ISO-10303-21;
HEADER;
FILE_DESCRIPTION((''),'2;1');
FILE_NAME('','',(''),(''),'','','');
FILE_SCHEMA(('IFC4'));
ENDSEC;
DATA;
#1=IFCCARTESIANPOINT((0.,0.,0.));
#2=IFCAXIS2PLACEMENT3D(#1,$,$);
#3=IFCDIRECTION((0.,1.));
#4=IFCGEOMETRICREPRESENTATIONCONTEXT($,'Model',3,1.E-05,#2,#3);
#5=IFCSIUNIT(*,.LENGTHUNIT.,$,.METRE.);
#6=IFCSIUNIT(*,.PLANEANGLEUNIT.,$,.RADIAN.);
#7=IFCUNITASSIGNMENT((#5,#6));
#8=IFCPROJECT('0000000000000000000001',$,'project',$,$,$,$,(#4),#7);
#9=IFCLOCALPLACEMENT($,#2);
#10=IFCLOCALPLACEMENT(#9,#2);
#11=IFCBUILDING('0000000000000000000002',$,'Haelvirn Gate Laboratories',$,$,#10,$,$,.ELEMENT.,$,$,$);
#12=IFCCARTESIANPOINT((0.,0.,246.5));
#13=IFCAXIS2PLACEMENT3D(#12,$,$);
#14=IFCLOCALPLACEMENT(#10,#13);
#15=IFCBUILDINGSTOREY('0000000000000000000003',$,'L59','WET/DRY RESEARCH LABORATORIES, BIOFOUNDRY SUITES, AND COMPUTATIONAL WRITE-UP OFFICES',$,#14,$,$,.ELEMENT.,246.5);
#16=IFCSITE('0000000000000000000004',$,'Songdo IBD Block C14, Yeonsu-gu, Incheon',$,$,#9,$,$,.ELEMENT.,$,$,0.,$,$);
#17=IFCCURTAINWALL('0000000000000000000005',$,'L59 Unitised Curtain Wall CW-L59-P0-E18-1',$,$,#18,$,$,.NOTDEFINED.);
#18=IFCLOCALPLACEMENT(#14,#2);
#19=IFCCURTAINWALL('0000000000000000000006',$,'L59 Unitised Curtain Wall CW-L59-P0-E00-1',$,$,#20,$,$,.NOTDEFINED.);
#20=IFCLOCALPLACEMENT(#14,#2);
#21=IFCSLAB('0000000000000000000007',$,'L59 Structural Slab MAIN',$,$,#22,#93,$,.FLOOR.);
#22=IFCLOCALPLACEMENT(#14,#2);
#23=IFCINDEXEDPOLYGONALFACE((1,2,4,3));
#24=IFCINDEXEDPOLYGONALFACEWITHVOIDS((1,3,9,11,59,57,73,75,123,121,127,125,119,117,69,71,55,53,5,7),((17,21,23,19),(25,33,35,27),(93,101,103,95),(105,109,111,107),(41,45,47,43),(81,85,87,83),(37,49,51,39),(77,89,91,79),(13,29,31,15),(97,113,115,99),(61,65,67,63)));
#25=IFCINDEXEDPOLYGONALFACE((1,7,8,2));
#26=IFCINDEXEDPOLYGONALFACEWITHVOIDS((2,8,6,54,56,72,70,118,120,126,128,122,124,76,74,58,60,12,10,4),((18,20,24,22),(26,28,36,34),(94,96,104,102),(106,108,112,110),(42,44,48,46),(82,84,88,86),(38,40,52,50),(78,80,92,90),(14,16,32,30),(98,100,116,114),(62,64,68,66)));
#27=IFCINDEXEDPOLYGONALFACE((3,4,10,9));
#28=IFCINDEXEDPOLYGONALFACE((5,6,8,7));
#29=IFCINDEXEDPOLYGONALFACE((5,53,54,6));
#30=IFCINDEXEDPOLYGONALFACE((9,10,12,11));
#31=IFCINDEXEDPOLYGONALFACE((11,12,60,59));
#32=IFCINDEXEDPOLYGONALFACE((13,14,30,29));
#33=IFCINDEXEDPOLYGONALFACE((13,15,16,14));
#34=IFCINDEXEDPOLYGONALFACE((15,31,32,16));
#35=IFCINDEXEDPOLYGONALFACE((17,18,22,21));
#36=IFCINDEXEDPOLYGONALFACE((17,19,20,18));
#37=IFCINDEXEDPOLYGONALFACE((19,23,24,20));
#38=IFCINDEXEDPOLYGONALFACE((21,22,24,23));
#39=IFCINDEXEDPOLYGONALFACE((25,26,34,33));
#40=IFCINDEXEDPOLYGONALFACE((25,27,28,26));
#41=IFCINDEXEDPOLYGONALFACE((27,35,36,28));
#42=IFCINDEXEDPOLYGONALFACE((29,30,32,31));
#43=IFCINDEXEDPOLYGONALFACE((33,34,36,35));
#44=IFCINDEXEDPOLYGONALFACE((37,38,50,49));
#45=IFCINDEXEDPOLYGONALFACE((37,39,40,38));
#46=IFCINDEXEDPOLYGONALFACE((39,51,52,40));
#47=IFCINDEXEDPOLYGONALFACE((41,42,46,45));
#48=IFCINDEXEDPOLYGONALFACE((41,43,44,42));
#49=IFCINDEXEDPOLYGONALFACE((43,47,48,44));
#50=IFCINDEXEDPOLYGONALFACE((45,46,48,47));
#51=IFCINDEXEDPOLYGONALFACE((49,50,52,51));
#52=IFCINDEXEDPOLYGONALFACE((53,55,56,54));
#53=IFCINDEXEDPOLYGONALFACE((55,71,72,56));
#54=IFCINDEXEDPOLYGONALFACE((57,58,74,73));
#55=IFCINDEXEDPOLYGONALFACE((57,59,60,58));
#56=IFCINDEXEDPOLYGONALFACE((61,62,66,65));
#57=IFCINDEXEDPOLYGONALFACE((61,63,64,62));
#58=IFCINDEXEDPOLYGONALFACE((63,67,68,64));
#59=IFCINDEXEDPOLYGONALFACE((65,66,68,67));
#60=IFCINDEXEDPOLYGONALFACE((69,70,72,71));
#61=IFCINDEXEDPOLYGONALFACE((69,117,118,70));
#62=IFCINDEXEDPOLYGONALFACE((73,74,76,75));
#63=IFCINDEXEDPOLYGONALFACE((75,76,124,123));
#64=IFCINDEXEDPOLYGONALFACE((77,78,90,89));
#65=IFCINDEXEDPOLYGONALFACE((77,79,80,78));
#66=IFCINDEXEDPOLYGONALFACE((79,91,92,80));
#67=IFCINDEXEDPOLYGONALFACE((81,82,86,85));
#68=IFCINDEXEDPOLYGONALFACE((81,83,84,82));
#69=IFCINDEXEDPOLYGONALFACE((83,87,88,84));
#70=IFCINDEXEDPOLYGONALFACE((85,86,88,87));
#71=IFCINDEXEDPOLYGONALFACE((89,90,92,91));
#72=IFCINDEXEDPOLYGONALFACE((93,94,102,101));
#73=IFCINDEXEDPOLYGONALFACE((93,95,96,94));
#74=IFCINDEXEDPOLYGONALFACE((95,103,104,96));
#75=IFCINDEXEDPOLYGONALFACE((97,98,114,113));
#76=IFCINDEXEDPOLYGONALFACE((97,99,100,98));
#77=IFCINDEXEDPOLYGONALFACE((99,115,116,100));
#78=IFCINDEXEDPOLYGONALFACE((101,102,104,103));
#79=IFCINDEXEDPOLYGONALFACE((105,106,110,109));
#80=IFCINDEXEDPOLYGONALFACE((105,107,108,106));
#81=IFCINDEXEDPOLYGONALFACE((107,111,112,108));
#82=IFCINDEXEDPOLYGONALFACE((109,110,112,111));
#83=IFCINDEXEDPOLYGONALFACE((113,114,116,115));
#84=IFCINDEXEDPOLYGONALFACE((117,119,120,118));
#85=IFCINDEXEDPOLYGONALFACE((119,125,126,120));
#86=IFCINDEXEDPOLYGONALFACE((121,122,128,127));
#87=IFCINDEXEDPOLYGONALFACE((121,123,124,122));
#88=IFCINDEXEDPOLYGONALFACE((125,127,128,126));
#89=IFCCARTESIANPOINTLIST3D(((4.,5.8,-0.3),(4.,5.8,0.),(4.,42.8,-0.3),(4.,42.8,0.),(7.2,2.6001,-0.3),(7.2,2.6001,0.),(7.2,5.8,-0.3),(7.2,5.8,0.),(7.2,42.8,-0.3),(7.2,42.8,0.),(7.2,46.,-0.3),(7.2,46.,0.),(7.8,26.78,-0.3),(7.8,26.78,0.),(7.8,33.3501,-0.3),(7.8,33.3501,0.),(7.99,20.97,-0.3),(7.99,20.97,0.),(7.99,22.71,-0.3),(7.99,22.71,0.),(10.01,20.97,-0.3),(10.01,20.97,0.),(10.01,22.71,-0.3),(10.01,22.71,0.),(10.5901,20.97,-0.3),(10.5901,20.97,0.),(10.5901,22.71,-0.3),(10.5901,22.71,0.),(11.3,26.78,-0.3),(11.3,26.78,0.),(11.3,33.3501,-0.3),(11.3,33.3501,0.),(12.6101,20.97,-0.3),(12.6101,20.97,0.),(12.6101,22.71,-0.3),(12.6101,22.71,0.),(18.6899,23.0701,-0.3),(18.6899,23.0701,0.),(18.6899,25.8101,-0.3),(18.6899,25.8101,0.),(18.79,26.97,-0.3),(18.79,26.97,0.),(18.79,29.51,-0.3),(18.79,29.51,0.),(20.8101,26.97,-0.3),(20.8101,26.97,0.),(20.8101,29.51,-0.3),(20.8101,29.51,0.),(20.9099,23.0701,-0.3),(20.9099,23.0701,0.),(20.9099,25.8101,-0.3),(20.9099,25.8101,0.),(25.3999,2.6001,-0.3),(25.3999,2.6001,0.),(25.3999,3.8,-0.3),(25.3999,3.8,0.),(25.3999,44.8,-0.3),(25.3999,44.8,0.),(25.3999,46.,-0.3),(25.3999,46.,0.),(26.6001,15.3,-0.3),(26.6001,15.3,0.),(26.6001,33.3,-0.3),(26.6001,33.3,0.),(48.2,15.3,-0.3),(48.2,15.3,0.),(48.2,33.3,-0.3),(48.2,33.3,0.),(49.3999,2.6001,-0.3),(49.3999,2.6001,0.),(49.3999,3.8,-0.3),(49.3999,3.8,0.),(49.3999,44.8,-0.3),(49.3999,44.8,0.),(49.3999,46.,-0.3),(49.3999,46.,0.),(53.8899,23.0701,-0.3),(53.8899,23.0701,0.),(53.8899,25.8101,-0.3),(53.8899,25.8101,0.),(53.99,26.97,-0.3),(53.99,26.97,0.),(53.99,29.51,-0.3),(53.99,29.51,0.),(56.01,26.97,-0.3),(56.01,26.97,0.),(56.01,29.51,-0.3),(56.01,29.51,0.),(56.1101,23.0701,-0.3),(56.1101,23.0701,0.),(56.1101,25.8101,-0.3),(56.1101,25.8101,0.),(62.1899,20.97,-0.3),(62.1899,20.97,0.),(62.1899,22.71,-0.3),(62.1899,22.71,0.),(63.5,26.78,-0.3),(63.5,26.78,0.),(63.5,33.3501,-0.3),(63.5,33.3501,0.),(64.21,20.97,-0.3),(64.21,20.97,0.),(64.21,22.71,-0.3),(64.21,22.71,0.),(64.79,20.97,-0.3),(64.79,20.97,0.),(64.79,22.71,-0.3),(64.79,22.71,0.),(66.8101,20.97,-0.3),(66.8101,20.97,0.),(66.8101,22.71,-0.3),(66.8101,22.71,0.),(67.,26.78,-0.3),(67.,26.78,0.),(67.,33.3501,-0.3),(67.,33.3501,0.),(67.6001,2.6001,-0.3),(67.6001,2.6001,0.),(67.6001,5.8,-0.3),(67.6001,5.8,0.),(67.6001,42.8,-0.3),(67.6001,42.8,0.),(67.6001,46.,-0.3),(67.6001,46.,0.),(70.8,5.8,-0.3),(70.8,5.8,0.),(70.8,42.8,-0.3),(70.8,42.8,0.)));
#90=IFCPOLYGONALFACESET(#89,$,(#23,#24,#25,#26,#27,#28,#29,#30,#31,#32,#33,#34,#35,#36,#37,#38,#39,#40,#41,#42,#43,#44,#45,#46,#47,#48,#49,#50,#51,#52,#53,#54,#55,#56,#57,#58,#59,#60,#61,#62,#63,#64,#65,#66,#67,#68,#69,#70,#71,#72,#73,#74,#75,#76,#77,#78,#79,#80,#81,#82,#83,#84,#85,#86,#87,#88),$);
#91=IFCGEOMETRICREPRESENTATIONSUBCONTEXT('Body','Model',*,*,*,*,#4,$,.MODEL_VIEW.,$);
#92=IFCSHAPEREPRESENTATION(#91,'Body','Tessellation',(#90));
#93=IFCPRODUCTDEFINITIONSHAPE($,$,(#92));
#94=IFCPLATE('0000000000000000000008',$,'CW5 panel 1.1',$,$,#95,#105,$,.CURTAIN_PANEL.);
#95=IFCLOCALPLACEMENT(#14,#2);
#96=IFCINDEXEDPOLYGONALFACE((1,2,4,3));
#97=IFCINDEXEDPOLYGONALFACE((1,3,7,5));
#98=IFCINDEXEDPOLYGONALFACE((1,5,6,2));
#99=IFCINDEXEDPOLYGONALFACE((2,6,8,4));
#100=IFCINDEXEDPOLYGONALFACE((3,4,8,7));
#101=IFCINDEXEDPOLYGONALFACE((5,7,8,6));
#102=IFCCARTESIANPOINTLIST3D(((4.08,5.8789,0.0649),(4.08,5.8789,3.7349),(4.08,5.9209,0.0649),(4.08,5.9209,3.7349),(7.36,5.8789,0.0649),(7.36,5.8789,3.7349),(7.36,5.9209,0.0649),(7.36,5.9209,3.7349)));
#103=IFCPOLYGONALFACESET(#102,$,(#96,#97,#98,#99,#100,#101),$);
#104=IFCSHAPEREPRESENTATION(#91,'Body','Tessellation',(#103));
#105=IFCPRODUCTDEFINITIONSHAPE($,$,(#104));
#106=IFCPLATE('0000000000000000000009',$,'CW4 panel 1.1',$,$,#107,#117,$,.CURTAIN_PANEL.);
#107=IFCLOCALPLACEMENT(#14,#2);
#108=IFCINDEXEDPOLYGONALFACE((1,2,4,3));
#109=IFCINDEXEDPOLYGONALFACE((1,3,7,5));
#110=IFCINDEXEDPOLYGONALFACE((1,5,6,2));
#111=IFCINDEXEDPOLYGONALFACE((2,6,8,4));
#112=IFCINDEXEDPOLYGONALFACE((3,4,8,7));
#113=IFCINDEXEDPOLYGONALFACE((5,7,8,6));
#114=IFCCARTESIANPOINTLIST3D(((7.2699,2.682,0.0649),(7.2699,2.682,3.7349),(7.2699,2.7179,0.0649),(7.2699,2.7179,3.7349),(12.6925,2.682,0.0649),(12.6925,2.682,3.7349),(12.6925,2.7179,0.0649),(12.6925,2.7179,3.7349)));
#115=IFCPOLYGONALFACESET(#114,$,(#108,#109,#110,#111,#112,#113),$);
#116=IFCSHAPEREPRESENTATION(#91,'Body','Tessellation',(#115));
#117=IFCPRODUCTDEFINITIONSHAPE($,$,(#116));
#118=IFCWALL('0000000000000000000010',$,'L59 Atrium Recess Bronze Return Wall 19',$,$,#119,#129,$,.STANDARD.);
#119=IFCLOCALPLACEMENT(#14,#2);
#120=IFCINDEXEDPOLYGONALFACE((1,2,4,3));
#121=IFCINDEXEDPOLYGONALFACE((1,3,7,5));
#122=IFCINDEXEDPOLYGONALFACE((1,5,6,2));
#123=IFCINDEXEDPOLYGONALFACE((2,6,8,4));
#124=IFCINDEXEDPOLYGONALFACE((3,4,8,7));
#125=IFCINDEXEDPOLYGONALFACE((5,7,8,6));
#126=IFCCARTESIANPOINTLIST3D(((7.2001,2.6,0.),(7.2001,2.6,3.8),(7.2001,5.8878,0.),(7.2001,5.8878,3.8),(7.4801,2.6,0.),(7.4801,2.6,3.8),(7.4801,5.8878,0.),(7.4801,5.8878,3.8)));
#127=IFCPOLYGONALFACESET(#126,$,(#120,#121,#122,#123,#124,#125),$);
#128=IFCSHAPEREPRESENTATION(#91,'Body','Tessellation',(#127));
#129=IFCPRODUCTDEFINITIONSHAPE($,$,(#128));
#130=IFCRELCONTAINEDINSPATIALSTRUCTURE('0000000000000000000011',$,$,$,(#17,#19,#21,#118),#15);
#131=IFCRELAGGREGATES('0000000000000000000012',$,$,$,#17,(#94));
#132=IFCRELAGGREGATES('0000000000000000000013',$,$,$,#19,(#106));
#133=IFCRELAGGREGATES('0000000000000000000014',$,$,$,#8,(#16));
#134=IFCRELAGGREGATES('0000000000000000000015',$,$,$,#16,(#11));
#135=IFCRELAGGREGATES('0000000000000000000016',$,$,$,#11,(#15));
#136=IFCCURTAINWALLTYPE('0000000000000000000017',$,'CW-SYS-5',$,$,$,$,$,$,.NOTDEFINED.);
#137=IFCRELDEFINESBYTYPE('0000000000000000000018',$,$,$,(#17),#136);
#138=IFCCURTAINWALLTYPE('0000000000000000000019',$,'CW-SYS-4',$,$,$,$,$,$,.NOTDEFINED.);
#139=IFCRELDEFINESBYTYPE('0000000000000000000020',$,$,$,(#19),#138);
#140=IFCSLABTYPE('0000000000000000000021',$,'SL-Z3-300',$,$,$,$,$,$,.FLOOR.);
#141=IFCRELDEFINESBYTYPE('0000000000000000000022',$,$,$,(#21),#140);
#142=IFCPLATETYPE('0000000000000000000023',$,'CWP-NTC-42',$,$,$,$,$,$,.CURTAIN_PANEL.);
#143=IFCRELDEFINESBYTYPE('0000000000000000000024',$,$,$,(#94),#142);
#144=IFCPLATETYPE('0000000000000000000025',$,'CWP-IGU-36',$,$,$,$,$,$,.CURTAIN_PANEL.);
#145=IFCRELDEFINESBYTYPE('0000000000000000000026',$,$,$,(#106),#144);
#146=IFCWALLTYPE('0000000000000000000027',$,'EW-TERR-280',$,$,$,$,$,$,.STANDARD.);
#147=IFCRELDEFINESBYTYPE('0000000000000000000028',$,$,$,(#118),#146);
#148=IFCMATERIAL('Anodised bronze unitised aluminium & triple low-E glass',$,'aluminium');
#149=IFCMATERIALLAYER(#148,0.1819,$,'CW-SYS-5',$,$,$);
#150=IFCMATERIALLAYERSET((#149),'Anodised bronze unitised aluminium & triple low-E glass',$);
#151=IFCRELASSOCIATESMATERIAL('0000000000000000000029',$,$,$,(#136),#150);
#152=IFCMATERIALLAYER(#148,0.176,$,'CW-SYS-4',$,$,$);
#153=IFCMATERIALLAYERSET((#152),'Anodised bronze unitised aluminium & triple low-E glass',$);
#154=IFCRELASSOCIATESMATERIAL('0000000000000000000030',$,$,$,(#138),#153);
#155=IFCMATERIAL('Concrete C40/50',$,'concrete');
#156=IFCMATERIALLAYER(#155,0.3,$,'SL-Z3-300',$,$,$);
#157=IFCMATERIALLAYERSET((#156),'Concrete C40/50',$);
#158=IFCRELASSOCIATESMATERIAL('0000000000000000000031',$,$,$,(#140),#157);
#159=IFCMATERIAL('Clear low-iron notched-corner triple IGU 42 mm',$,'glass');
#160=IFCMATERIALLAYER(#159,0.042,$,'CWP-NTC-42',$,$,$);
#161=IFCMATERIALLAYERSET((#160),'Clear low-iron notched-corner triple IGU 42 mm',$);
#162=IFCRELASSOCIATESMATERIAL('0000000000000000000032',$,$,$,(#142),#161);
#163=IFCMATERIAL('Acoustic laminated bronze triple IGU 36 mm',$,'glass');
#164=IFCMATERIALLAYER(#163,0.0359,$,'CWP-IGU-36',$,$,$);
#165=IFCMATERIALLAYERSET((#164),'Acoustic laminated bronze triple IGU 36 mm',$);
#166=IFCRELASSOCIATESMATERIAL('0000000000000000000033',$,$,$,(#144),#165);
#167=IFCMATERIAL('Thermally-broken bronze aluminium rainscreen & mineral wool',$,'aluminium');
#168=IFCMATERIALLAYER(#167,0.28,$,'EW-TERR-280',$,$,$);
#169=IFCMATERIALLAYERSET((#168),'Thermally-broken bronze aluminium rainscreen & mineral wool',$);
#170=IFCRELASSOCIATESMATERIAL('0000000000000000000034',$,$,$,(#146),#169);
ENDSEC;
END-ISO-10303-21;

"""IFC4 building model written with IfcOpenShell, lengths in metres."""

from ifc_helpers import new_model, si_unit, direction, frame, frame_2d, origin, origin_2d, place, context, subcontext, project, spatial, polyline, rectangle, outline, extrude, source, transform, mapped, material, layer, layer_set, type_object, type_shapes, element, aggregate, save


model = new_model("IFC4")

# Units and contexts
model_context = context("Model", 3, precision=1e-05, world=origin(), true_north=direction((0.0, 1.0)))
body_context = subcontext(model_context, "Body", "Model", "MODEL_VIEW")
ifc_project = project(units=[si_unit("LENGTHUNIT", "METRE"), si_unit("PLANEANGLEUNIT", "RADIAN")], contexts=[model_context])

# Site, building, storey
site_placement = place(None, origin())
site = spatial("IfcSite", under=ifc_project, at=site_placement, Name="Songdo IBD Block C14, Yeonsu-gu, Incheon", CompositionType="ELEMENT", RefElevation=0.0)
building_placement = place(site_placement, origin())
building = spatial("IfcBuilding", under=site, at=building_placement, Name="Haelvirn Gate Laboratories", CompositionType="ELEMENT")
storey_placement = place(building_placement, frame((0.0, 0.0, 246.5)))
storey = spatial("IfcBuildingStorey", under=building, at=storey_placement, Name="L59", Description="WET/DRY RESEARCH LABORATORIES, BIOFOUNDRY SUITES, AND COMPUTATIONAL WRITE-UP OFFICES", CompositionType="ELEMENT", Elevation=246.5)

# Curtain walls
ifc_material_1 = material(Name="Anodised bronze unitised aluminium & triple low-E glass", Category="aluminium")
ifc_layer_1 = layer(ifc_material_1, 0.1819, Name="CW-SYS-5")
ifc_layer_set_1 = layer_set([ifc_layer_1], Name="Anodised bronze unitised aluminium & triple low-E glass")
curtain_wall_type_1 = type_object("IfcCurtainWallType", Name="CW-SYS-5", PredefinedType="NOTDEFINED", material=ifc_layer_set_1)
curtain_wall_1_placement = place(storey_placement, origin())
curtain_wall_1 = element("IfcCurtainWall", 1, at=curtain_wall_1_placement, inside=storey, type_object=curtain_wall_type_1, Name="L59 Unitised Curtain Wall CW-L59-P0-E18-1", PredefinedType="NOTDEFINED")
ifc_layer_2 = layer(ifc_material_1, 0.176, Name="CW-SYS-4")
ifc_layer_set_2 = layer_set([ifc_layer_2], Name="Anodised bronze unitised aluminium & triple low-E glass")
curtain_wall_type_2 = type_object("IfcCurtainWallType", Name="CW-SYS-4", PredefinedType="NOTDEFINED", material=ifc_layer_set_2)
curtain_wall_2_placement = place(storey_placement, origin())
curtain_wall_2 = element("IfcCurtainWall", 2, at=curtain_wall_2_placement, inside=storey, type_object=curtain_wall_type_2, Name="L59 Unitised Curtain Wall CW-L59-P0-E00-1", PredefinedType="NOTDEFINED")

# Shared definitions
ifc_material_2 = material(Name="Concrete C40/50", Category="concrete")

# Slab
ifc_layer_3 = layer(ifc_material_2, 0.3, Name="SL-Z3-300")
ifc_layer_set_3 = layer_set([ifc_layer_3], Name="Concrete C40/50")
slab_type_1 = type_object("IfcSlabType", Name="SL-Z3-300", PredefinedType="FLOOR", material=ifc_layer_set_3)
slab_1_placement = place(storey_placement, frame((0.0, 0.0, -0.3)))
element("IfcSlab", 3, at=slab_1_placement, inside=storey, type_object=slab_type_1, Name="L59 Structural Slab MAIN", PredefinedType="FLOOR", context=body_context, shape_type="SweptSolid", body=[
    extrude(outline(polyline([(7.2, 2.6001), (25.3999, 2.6001), (25.3999, 3.8), (49.3999, 3.8), (49.3999, 2.6001), (67.6001, 2.6001), (67.6001, 5.8), (70.8, 5.8), (70.8, 42.8), (67.6001, 42.8), (67.6001, 46.0), (49.3999, 46.0), (49.3999, 44.8), (25.3999, 44.8), (25.3999, 46.0), (7.2, 46.0), (7.2, 42.8), (4.0, 42.8), (4.0, 5.8), (7.2, 5.8), (7.2, 2.6001)]), holes=[polyline([(26.6001, 15.3), (48.2, 15.3), (48.2, 33.3), (26.6001, 33.3), (26.6001, 15.3)]), polyline([(11.3, 26.78), (11.3, 33.3501), (7.8, 33.3501), (7.8, 26.78), (11.3, 26.78)]), polyline([(67.0, 26.78), (67.0, 33.3501), (63.5, 33.3501), (63.5, 26.78), (67.0, 26.78)]), polyline([(7.99, 20.97), (10.01, 20.97), (10.01, 22.71), (7.99, 22.71), (7.99, 20.97)]), polyline([(10.5901, 20.97), (12.6101, 20.97), (12.6101, 22.71), (10.5901, 22.71), (10.5901, 20.97)]), polyline([(18.79, 26.97), (20.8101, 26.97), (20.8101, 29.51), (18.79, 29.51), (18.79, 26.97)]), polyline([(18.6899, 23.0701), (20.9099, 23.0701), (20.9099, 25.8101), (18.6899, 25.8101), (18.6899, 23.0701)]), polyline([(64.79, 20.97), (66.8101, 20.97), (66.8101, 22.71), (64.79, 22.71), (64.79, 20.97)]), polyline([(62.1899, 20.97), (64.21, 20.97), (64.21, 22.71), (62.1899, 22.71), (62.1899, 20.97)]), polyline([(53.99, 26.97), (56.01, 26.97), (56.01, 29.51), (53.99, 29.51), (53.99, 26.97)]), polyline([(53.8899, 23.0701), (56.1101, 23.0701), (56.1101, 25.8101), (53.8899, 25.8101), (53.8899, 23.0701)])]), origin(), (0.0, 0.0, 1.0), 0.3),
])

# Plates
ifc_material_3 = material(Name="Clear low-iron notched-corner triple IGU 42 mm", Category="glass")
ifc_layer_4 = layer(ifc_material_3, 0.042, Name="CWP-NTC-42")
ifc_layer_set_4 = layer_set([ifc_layer_4], Name="Clear low-iron notched-corner triple IGU 42 mm")
plate_type_1 = type_object("IfcPlateType", Name="CWP-NTC-42", PredefinedType="CURTAIN_PANEL", material=ifc_layer_set_4)
shared_shape_1 = source(origin(), body_context, "Body", "SweptSolid", [
    extrude(rectangle(XDim=3.28, YDim=0.042, at=origin_2d()), origin(), (0.0, 0.0, 1.0), 3.6699),
])
type_shapes(plate_type_1, [shared_shape_1])
plate_1_placement = place(storey_placement, frame((5.72, 5.8999, 0.0649), z_axis=(0.0, 0.0, 1.0), x_axis=(1.0, 0.0, 0.0)))
plate_1 = element("IfcPlate", 4, at=plate_1_placement, type_object=plate_type_1, Name="CW5 panel 1.1", PredefinedType="CURTAIN_PANEL", context=body_context, shape_type="MappedRepresentation", body=[
    mapped(shared_shape_1, transform((0.0, 0.0, 0.0), scale=1.0)),
])
aggregate(curtain_wall_1, [plate_1])
ifc_material_4 = material(Name="Acoustic laminated bronze triple IGU 36 mm", Category="glass")
ifc_layer_5 = layer(ifc_material_4, 0.0359, Name="CWP-IGU-36")
ifc_layer_set_5 = layer_set([ifc_layer_5], Name="Acoustic laminated bronze triple IGU 36 mm")
plate_type_2 = type_object("IfcPlateType", Name="CWP-IGU-36", PredefinedType="CURTAIN_PANEL", material=ifc_layer_set_5)
shared_shape_2 = source(origin(), body_context, "Body", "SweptSolid", [
    extrude(rectangle(XDim=5.4226, YDim=0.0359, at=origin_2d()), origin(), (0.0, 0.0, 1.0), 3.6699),
])
type_shapes(plate_type_2, [shared_shape_2])
plate_2_placement = place(storey_placement, frame((9.9812, 2.7, 0.0649), z_axis=(0.0, 0.0, 1.0), x_axis=(1.0, 0.0, 0.0)))
plate_2 = element("IfcPlate", 5, at=plate_2_placement, type_object=plate_type_2, Name="CW4 panel 1.1", PredefinedType="CURTAIN_PANEL", context=body_context, shape_type="MappedRepresentation", body=[
    mapped(shared_shape_2, transform((0.0, 0.0, 0.0), scale=1.0)),
])
aggregate(curtain_wall_2, [plate_2])

# Wall
ifc_material_5 = material(Name="Thermally-broken bronze aluminium rainscreen & mineral wool", Category="aluminium")
ifc_layer_6 = layer(ifc_material_5, 0.28, Name="EW-TERR-280")
ifc_layer_set_6 = layer_set([ifc_layer_6], Name="Thermally-broken bronze aluminium rainscreen & mineral wool")
wall_type = type_object("IfcWallType", Name="EW-TERR-280", PredefinedType="STANDARD", material=ifc_layer_set_6)
wall_placement = place(storey_placement, frame((7.3401, 5.8879, 0.0), z_axis=(0.0, 0.0, 1.0), x_axis=(0.0, -1.0, 0.0)))
element("IfcWall", 6, at=wall_placement, inside=storey, type_object=wall_type, Name="L59 Atrium Recess Bronze Return Wall 19", PredefinedType="STANDARD", context=body_context, shape_type="SweptSolid", body=[
    extrude(rectangle(XDim=3.2878, YDim=0.28, at=frame_2d((1.644, 0.0))), origin(), (0.0, 0.0, 1.0), 3.8),
])

save(model, "model.ifc")
